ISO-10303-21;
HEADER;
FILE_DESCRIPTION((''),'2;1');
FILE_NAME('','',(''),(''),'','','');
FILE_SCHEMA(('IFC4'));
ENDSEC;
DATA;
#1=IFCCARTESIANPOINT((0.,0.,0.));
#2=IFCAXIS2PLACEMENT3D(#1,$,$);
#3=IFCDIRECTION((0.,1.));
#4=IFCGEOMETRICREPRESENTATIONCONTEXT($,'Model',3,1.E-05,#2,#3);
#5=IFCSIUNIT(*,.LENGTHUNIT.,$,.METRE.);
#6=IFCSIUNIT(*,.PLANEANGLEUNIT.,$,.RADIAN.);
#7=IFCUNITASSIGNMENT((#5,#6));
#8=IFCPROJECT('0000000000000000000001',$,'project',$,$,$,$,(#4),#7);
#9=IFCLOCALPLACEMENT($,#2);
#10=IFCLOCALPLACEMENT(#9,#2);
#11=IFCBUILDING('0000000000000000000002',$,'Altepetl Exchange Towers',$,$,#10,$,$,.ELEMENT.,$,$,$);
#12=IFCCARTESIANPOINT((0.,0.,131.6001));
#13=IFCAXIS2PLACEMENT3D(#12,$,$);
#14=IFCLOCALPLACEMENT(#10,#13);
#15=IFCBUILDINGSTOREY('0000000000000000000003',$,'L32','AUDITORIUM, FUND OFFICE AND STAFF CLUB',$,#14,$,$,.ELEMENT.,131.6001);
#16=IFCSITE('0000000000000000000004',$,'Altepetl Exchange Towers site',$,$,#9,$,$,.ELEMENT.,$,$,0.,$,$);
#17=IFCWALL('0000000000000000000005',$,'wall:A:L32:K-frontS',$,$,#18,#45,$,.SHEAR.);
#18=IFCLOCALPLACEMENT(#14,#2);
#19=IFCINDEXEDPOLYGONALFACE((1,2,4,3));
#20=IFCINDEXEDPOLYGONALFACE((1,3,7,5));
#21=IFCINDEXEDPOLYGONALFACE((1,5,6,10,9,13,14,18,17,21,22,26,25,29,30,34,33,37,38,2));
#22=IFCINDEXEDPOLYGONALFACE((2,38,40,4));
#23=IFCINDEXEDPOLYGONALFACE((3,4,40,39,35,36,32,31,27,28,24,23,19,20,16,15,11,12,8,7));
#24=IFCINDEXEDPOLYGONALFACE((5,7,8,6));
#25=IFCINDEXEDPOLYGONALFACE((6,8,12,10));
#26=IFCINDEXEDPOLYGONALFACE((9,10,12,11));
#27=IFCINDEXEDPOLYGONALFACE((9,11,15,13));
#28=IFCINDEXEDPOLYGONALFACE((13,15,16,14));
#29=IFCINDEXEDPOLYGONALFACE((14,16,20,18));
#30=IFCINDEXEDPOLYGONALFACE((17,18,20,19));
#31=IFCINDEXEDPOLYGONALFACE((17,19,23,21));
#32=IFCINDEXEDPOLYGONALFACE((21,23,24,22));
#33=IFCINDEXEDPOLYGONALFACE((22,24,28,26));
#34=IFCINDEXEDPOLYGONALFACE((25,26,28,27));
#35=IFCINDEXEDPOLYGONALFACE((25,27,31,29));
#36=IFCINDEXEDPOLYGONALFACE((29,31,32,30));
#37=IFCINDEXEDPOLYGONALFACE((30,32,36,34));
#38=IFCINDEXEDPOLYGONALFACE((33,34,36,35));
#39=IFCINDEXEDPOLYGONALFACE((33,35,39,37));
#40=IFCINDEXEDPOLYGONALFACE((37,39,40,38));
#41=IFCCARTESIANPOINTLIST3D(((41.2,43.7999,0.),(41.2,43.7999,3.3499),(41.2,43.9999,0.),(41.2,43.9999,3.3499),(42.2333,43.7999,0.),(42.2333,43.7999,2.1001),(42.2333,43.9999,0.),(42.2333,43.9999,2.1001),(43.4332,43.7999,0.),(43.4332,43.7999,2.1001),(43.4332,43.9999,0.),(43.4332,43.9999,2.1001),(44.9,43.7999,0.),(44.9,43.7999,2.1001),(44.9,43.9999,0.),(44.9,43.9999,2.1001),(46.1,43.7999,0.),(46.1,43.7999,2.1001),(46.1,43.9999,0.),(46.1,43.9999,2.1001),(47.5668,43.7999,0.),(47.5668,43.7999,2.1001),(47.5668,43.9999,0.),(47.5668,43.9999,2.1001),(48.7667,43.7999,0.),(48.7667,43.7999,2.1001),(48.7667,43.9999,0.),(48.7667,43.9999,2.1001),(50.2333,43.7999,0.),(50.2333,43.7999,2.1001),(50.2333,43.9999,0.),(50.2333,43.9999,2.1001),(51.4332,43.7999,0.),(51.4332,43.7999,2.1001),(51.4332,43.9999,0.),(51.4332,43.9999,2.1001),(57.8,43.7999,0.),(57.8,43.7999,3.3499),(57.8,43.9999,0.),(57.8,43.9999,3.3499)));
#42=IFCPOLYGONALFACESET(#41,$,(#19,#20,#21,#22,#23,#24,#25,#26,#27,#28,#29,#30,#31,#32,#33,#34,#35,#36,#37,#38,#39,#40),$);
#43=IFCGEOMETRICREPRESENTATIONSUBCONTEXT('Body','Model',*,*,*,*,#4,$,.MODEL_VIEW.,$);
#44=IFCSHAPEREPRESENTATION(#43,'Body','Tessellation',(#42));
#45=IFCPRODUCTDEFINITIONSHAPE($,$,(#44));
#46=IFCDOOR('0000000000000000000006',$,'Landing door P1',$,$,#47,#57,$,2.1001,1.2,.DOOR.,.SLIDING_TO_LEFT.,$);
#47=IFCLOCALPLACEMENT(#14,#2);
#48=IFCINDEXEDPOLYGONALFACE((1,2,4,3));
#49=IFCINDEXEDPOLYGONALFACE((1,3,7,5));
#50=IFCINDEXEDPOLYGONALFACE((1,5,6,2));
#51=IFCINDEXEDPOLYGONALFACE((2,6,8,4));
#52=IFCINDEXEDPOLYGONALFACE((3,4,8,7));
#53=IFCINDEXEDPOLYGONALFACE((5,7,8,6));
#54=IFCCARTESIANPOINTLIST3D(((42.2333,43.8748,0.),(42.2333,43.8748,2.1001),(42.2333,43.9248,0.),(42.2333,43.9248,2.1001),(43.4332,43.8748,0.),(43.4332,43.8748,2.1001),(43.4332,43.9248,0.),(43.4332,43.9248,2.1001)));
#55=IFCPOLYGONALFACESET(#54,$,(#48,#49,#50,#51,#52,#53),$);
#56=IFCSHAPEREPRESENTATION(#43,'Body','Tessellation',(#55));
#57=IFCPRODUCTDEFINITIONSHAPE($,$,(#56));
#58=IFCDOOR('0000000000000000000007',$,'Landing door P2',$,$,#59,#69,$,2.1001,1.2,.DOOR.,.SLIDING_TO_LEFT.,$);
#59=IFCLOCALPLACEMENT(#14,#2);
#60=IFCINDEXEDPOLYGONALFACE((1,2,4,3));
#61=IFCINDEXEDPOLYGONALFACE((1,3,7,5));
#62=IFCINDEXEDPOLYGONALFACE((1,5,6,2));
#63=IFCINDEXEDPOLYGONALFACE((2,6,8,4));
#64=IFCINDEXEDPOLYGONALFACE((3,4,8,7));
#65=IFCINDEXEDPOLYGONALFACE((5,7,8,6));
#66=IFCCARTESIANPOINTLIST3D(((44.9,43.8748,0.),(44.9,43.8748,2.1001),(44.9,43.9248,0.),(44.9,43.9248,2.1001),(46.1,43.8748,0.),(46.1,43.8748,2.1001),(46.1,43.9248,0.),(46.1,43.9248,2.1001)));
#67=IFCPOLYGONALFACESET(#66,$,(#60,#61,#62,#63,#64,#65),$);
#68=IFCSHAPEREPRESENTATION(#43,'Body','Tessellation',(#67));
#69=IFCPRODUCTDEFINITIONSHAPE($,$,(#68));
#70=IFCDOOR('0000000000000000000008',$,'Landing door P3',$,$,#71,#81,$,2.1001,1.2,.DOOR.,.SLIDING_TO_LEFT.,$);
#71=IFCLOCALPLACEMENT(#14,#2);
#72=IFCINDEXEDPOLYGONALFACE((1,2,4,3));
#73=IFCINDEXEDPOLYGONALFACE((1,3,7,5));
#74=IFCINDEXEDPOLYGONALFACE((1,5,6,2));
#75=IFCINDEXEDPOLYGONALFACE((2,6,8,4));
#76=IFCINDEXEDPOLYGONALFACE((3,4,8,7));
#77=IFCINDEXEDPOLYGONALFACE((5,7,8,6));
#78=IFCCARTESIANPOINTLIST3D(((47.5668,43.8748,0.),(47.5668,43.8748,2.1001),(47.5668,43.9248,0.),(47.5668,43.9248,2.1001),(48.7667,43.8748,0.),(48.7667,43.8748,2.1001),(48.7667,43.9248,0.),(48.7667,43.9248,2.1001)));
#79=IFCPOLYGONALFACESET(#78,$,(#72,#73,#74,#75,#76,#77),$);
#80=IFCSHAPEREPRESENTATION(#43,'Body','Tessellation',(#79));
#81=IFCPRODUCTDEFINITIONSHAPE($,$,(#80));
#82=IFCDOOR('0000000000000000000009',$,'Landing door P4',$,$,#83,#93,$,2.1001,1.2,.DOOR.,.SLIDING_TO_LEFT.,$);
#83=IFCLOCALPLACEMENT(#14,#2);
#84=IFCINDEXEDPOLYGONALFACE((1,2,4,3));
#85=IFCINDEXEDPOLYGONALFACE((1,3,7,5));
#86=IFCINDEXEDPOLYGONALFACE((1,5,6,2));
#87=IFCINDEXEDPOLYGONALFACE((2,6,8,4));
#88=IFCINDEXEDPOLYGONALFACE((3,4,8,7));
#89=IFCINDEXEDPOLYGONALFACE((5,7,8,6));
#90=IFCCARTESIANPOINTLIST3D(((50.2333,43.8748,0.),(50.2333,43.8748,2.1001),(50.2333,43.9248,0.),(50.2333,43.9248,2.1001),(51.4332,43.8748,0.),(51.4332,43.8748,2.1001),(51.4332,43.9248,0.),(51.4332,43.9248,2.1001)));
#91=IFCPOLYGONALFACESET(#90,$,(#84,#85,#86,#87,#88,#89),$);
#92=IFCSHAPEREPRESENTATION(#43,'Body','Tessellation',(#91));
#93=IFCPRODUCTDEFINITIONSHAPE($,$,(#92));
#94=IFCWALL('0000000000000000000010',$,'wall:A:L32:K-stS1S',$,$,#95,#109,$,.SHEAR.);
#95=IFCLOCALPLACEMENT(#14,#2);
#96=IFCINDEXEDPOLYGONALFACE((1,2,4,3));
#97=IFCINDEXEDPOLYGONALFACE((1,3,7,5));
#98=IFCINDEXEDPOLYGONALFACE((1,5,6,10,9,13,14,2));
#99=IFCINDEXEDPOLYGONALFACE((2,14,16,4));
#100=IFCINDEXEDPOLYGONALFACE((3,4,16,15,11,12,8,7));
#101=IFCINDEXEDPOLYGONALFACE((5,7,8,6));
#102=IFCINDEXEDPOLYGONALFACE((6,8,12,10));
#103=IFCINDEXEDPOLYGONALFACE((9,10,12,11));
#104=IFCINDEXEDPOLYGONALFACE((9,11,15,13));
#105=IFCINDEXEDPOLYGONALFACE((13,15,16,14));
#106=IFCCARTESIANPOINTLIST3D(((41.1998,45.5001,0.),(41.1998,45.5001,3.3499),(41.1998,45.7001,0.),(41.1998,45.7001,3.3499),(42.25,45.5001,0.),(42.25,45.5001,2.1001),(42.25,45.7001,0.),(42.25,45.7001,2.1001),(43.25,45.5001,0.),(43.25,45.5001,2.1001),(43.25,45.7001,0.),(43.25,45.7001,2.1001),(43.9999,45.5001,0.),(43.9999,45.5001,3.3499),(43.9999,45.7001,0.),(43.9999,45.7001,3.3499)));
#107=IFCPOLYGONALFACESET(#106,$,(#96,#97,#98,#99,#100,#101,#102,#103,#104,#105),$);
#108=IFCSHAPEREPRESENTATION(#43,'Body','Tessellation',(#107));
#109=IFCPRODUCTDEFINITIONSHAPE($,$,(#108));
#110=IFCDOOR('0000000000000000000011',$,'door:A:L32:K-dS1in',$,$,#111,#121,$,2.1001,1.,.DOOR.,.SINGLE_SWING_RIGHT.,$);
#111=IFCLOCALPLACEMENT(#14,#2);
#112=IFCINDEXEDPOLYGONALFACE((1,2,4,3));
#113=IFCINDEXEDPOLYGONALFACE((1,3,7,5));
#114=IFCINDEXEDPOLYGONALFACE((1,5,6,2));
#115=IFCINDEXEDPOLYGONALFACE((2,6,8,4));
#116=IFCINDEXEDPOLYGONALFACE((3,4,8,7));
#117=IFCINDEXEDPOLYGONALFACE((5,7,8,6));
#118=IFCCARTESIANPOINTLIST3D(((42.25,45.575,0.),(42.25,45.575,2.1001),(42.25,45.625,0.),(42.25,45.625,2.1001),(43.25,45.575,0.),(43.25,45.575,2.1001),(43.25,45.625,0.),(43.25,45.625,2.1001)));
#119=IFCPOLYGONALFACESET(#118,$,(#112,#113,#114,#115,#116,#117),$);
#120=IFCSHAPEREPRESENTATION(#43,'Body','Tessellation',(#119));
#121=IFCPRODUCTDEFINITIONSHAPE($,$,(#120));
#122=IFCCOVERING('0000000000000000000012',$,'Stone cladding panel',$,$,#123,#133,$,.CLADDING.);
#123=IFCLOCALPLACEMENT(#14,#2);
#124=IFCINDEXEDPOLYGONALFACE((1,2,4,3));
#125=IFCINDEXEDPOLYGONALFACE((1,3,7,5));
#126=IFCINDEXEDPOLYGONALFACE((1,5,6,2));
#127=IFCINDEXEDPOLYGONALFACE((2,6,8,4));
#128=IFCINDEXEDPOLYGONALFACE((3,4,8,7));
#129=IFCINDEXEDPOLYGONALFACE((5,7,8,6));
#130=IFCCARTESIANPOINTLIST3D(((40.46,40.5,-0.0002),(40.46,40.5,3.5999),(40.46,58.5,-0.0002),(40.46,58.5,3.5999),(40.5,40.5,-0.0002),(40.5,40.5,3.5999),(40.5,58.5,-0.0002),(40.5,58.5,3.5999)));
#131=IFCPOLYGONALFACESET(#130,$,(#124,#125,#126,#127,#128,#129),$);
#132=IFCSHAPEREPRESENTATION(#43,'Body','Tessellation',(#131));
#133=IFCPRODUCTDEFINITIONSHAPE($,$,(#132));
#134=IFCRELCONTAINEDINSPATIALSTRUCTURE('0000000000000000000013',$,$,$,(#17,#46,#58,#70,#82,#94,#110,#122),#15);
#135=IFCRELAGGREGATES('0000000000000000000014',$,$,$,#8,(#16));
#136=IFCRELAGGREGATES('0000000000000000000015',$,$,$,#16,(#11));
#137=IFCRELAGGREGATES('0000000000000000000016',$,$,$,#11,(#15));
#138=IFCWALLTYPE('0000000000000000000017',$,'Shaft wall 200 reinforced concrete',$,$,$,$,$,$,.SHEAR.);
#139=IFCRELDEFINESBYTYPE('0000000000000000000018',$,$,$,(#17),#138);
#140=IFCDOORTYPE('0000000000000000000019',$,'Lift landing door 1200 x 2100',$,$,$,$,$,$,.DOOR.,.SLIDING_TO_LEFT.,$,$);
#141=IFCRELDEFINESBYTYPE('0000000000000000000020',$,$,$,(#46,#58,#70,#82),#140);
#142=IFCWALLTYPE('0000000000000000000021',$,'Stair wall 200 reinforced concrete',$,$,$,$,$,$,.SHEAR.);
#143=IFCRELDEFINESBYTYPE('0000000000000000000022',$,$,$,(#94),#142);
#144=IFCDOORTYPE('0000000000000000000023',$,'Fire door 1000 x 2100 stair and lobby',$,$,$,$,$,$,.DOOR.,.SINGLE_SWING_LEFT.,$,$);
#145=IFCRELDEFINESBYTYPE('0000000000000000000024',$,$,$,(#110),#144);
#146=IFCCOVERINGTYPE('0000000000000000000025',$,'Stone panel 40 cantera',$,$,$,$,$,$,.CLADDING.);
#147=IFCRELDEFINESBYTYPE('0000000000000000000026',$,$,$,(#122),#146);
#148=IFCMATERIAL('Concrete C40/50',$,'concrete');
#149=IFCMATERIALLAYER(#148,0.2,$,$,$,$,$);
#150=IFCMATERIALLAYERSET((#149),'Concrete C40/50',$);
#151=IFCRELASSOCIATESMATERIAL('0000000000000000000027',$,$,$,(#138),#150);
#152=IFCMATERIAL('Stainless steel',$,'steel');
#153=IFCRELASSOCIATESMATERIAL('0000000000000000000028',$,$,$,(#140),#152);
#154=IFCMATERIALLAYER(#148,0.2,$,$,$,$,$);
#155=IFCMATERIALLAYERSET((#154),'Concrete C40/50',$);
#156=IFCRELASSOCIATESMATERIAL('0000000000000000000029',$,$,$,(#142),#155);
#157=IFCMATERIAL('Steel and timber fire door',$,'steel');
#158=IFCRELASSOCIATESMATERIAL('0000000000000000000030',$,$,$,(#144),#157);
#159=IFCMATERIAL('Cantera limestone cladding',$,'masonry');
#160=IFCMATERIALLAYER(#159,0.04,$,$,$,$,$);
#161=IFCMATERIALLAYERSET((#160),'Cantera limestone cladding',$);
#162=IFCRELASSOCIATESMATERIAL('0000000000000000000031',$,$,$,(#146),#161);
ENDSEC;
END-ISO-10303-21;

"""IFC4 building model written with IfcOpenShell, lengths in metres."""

from ifc_helpers import new_model, si_unit, direction, frame, frame_2d, origin, origin_2d, place, context, subcontext, project, spatial, rectangle, extrude, material, layer, layer_set, type_object, element, fill, save


model = new_model("IFC4")

# Units and contexts
model_context = context("Model", 3, precision=1e-05, world=origin(), true_north=direction((0.0, 1.0)))
body_context = subcontext(model_context, "Body", "Model", "MODEL_VIEW")
ifc_project = project(units=[si_unit("LENGTHUNIT", "METRE"), si_unit("PLANEANGLEUNIT", "RADIAN")], contexts=[model_context])

# Site, building, storey
site_placement = place(None, origin())
site = spatial("IfcSite", under=ifc_project, at=site_placement, Name="Altepetl Exchange Towers site", CompositionType="ELEMENT", RefElevation=0.0)
building_placement = place(site_placement, origin())
building = spatial("IfcBuilding", under=site, at=building_placement, Name="Altepetl Exchange Towers", CompositionType="ELEMENT")
storey_placement = place(building_placement, frame((0.0, 0.0, 131.6001)))
storey = spatial("IfcBuildingStorey", under=building, at=storey_placement, Name="L32", Description="AUDITORIUM, FUND OFFICE AND STAFF CLUB", CompositionType="ELEMENT", Elevation=131.6001)

# Wall, openings, doors
ifc_material_1 = material(Name="Concrete C40/50", Category="concrete")
ifc_layer_1 = layer(ifc_material_1, 0.2)
ifc_layer_set_1 = layer_set([ifc_layer_1], Name="Concrete C40/50")
wall_type_1 = type_object("IfcWallType", Name="Shaft wall 200 reinforced concrete", PredefinedType="SHEAR", material=ifc_layer_set_1)
wall_1_placement = place(storey_placement, frame((41.2, 43.8999, 0.0)))
wall_1 = element("IfcWall", 1, at=wall_1_placement, inside=storey, type_object=wall_type_1, Name="wall:A:L32:K-frontS", PredefinedType="SHEAR", context=body_context, shape_type="SweptSolid", body=[
    extrude(rectangle(XDim=16.6001, YDim=0.2, at=frame_2d((8.3, 0.0))), origin(), (0.0, 0.0, 1.0), 3.3499),
])
opening_1_placement = place(wall_1_placement, frame((1.0332, 0.0, 0.0)))
opening_1 = element("IfcOpeningElement", 2, at=opening_1_placement, cuts=wall_1, PredefinedType="OPENING", context=body_context, shape_type="SweptSolid", body=[
    extrude(rectangle(XDim=1.2, YDim=2.1001, at=frame_2d((0.6001, 1.05))), frame((0.0, 0.1099, 0.0), z_axis=(0.0, -1.0, 0.0), x_axis=(1.0, 0.0, 0.0)), (0.0, 0.0, 1.0), 0.22),
])
opening_2_placement = place(wall_1_placement, frame((3.7, 0.0, 0.0)))
opening_2 = element("IfcOpeningElement", 3, at=opening_2_placement, cuts=wall_1, PredefinedType="OPENING", context=body_context, shape_type="SweptSolid", body=[
    extrude(rectangle(XDim=1.2, YDim=2.1001, at=frame_2d((0.6001, 1.05))), frame((0.0, 0.1099, 0.0), z_axis=(0.0, -1.0, 0.0), x_axis=(1.0, 0.0, 0.0)), (0.0, 0.0, 1.0), 0.22),
])
opening_3_placement = place(wall_1_placement, frame((6.3667, 0.0, 0.0)))
opening_3 = element("IfcOpeningElement", 4, at=opening_3_placement, cuts=wall_1, PredefinedType="OPENING", context=body_context, shape_type="SweptSolid", body=[
    extrude(rectangle(XDim=1.2, YDim=2.1001, at=frame_2d((0.6001, 1.05))), frame((0.0, 0.1099, 0.0), z_axis=(0.0, -1.0, 0.0), x_axis=(1.0, 0.0, 0.0)), (0.0, 0.0, 1.0), 0.22),
])
opening_4_placement = place(wall_1_placement, frame((9.0332, 0.0, 0.0)))
opening_4 = element("IfcOpeningElement", 5, at=opening_4_placement, cuts=wall_1, PredefinedType="OPENING", context=body_context, shape_type="SweptSolid", body=[
    extrude(rectangle(XDim=1.2, YDim=2.1001, at=frame_2d((0.6001, 1.05))), frame((0.0, 0.1099, 0.0), z_axis=(0.0, -1.0, 0.0), x_axis=(1.0, 0.0, 0.0)), (0.0, 0.0, 1.0), 0.22),
])
ifc_material_2 = material(Name="Stainless steel", Category="steel")
door_type_1 = type_object("IfcDoorType", Name="Lift landing door 1200 x 2100", OperationType="SLIDING_TO_LEFT", PredefinedType="DOOR", material=ifc_material_2)
door_1_placement = place(opening_1_placement, origin())
door_1 = element("IfcDoor", 6, at=door_1_placement, inside=storey, type_object=door_type_1, Name="Landing door P1", OperationType="SLIDING_TO_LEFT", OverallHeight=2.1001, OverallWidth=1.2, PredefinedType="DOOR", context=body_context, shape_type="SweptSolid", body=[
    extrude(rectangle(XDim=1.2, YDim=2.1001, at=frame_2d((0.6001, 1.05))), frame((0.0, 0.0249, 0.0), z_axis=(0.0, -1.0, 0.0), x_axis=(1.0, 0.0, 0.0)), (0.0, 0.0, 1.0), 0.05),
])
fill(opening_1, door_1)
door_2_placement = place(opening_2_placement, origin())
door_2 = element("IfcDoor", 7, at=door_2_placement, inside=storey, type_object=door_type_1, Name="Landing door P2", OperationType="SLIDING_TO_LEFT", OverallHeight=2.1001, OverallWidth=1.2, PredefinedType="DOOR", context=body_context, shape_type="SweptSolid", body=[
    extrude(rectangle(XDim=1.2, YDim=2.1001, at=frame_2d((0.6001, 1.05))), frame((0.0, 0.0249, 0.0), z_axis=(0.0, -1.0, 0.0), x_axis=(1.0, 0.0, 0.0)), (0.0, 0.0, 1.0), 0.05),
])
fill(opening_2, door_2)
door_3_placement = place(opening_3_placement, origin())
door_3 = element("IfcDoor", 8, at=door_3_placement, inside=storey, type_object=door_type_1, Name="Landing door P3", OperationType="SLIDING_TO_LEFT", OverallHeight=2.1001, OverallWidth=1.2, PredefinedType="DOOR", context=body_context, shape_type="SweptSolid", body=[
    extrude(rectangle(XDim=1.2, YDim=2.1001, at=frame_2d((0.6001, 1.05))), frame((0.0, 0.0249, 0.0), z_axis=(0.0, -1.0, 0.0), x_axis=(1.0, 0.0, 0.0)), (0.0, 0.0, 1.0), 0.05),
])
fill(opening_3, door_3)
door_4_placement = place(opening_4_placement, origin())
door_4 = element("IfcDoor", 9, at=door_4_placement, inside=storey, type_object=door_type_1, Name="Landing door P4", OperationType="SLIDING_TO_LEFT", OverallHeight=2.1001, OverallWidth=1.2, PredefinedType="DOOR", context=body_context, shape_type="SweptSolid", body=[
    extrude(rectangle(XDim=1.2, YDim=2.1001, at=frame_2d((0.6001, 1.05))), frame((0.0, 0.0249, 0.0), z_axis=(0.0, -1.0, 0.0), x_axis=(1.0, 0.0, 0.0)), (0.0, 0.0, 1.0), 0.05),
])
fill(opening_4, door_4)

# Wall, opening, door
ifc_layer_2 = layer(ifc_material_1, 0.2)
ifc_layer_set_2 = layer_set([ifc_layer_2], Name="Concrete C40/50")
wall_type_2 = type_object("IfcWallType", Name="Stair wall 200 reinforced concrete", PredefinedType="SHEAR", material=ifc_layer_set_2)
wall_2_placement = place(storey_placement, frame((41.2, 45.6001, 0.0)))
wall_2 = element("IfcWall", 10, at=wall_2_placement, inside=storey, type_object=wall_type_2, Name="wall:A:L32:K-stS1S", PredefinedType="SHEAR", context=body_context, shape_type="SweptSolid", body=[
    extrude(rectangle(XDim=2.8, YDim=0.2, at=frame_2d((1.3999, 0.0))), origin(), (0.0, 0.0, 1.0), 3.3499),
])
opening_5_placement = place(wall_2_placement, frame((1.05, 0.0, 0.0)))
opening_5 = element("IfcOpeningElement", 11, at=opening_5_placement, cuts=wall_2, PredefinedType="OPENING", context=body_context, shape_type="SweptSolid", body=[
    extrude(rectangle(XDim=1.0, YDim=2.1001, at=frame_2d((0.5, 1.05))), frame((0.0, 0.1099, 0.0), z_axis=(0.0, -1.0, 0.0), x_axis=(1.0, 0.0, 0.0)), (0.0, 0.0, 1.0), 0.22),
])
ifc_material_3 = material(Name="Steel and timber fire door", Category="steel")
door_type_2 = type_object("IfcDoorType", Name="Fire door 1000 x 2100 stair and lobby", OperationType="SINGLE_SWING_LEFT", PredefinedType="DOOR", material=ifc_material_3)
door_5_placement = place(opening_5_placement, origin())
door_5 = element("IfcDoor", 12, at=door_5_placement, inside=storey, type_object=door_type_2, Name="door:A:L32:K-dS1in", OperationType="SINGLE_SWING_RIGHT", OverallHeight=2.1001, OverallWidth=1.0, PredefinedType="DOOR", context=body_context, shape_type="SweptSolid", body=[
    extrude(rectangle(XDim=1.0, YDim=2.1001, at=frame_2d((0.5, 1.05))), frame((0.0, 0.0249, 0.0), z_axis=(0.0, -1.0, 0.0), x_axis=(1.0, 0.0, 0.0)), (0.0, 0.0, 1.0), 0.05),
])
fill(opening_5, door_5)

# Covering
ifc_material_4 = material(Name="Cantera limestone cladding", Category="masonry")
ifc_layer_3 = layer(ifc_material_4, 0.04)
ifc_layer_set_3 = layer_set([ifc_layer_3], Name="Cantera limestone cladding")
covering_type = type_object("IfcCoveringType", Name="Stone panel 40 cantera", PredefinedType="CLADDING", material=ifc_layer_set_3)
covering_placement = place(storey_placement, frame((40.48, 49.5, -0.0002), z_axis=(0.0, 0.0, 1.0), x_axis=(0.0, -1.0, 0.0)))
element("IfcCovering", 13, at=covering_placement, inside=storey, type_object=covering_type, Name="Stone cladding panel", PredefinedType="CLADDING", context=body_context, shape_type="SweptSolid", body=[
    extrude(rectangle(XDim=18.0, YDim=0.04, at=origin_2d()), origin(), (0.0, 0.0, 1.0), 3.6001),
])

save(model, "model.ifc")
